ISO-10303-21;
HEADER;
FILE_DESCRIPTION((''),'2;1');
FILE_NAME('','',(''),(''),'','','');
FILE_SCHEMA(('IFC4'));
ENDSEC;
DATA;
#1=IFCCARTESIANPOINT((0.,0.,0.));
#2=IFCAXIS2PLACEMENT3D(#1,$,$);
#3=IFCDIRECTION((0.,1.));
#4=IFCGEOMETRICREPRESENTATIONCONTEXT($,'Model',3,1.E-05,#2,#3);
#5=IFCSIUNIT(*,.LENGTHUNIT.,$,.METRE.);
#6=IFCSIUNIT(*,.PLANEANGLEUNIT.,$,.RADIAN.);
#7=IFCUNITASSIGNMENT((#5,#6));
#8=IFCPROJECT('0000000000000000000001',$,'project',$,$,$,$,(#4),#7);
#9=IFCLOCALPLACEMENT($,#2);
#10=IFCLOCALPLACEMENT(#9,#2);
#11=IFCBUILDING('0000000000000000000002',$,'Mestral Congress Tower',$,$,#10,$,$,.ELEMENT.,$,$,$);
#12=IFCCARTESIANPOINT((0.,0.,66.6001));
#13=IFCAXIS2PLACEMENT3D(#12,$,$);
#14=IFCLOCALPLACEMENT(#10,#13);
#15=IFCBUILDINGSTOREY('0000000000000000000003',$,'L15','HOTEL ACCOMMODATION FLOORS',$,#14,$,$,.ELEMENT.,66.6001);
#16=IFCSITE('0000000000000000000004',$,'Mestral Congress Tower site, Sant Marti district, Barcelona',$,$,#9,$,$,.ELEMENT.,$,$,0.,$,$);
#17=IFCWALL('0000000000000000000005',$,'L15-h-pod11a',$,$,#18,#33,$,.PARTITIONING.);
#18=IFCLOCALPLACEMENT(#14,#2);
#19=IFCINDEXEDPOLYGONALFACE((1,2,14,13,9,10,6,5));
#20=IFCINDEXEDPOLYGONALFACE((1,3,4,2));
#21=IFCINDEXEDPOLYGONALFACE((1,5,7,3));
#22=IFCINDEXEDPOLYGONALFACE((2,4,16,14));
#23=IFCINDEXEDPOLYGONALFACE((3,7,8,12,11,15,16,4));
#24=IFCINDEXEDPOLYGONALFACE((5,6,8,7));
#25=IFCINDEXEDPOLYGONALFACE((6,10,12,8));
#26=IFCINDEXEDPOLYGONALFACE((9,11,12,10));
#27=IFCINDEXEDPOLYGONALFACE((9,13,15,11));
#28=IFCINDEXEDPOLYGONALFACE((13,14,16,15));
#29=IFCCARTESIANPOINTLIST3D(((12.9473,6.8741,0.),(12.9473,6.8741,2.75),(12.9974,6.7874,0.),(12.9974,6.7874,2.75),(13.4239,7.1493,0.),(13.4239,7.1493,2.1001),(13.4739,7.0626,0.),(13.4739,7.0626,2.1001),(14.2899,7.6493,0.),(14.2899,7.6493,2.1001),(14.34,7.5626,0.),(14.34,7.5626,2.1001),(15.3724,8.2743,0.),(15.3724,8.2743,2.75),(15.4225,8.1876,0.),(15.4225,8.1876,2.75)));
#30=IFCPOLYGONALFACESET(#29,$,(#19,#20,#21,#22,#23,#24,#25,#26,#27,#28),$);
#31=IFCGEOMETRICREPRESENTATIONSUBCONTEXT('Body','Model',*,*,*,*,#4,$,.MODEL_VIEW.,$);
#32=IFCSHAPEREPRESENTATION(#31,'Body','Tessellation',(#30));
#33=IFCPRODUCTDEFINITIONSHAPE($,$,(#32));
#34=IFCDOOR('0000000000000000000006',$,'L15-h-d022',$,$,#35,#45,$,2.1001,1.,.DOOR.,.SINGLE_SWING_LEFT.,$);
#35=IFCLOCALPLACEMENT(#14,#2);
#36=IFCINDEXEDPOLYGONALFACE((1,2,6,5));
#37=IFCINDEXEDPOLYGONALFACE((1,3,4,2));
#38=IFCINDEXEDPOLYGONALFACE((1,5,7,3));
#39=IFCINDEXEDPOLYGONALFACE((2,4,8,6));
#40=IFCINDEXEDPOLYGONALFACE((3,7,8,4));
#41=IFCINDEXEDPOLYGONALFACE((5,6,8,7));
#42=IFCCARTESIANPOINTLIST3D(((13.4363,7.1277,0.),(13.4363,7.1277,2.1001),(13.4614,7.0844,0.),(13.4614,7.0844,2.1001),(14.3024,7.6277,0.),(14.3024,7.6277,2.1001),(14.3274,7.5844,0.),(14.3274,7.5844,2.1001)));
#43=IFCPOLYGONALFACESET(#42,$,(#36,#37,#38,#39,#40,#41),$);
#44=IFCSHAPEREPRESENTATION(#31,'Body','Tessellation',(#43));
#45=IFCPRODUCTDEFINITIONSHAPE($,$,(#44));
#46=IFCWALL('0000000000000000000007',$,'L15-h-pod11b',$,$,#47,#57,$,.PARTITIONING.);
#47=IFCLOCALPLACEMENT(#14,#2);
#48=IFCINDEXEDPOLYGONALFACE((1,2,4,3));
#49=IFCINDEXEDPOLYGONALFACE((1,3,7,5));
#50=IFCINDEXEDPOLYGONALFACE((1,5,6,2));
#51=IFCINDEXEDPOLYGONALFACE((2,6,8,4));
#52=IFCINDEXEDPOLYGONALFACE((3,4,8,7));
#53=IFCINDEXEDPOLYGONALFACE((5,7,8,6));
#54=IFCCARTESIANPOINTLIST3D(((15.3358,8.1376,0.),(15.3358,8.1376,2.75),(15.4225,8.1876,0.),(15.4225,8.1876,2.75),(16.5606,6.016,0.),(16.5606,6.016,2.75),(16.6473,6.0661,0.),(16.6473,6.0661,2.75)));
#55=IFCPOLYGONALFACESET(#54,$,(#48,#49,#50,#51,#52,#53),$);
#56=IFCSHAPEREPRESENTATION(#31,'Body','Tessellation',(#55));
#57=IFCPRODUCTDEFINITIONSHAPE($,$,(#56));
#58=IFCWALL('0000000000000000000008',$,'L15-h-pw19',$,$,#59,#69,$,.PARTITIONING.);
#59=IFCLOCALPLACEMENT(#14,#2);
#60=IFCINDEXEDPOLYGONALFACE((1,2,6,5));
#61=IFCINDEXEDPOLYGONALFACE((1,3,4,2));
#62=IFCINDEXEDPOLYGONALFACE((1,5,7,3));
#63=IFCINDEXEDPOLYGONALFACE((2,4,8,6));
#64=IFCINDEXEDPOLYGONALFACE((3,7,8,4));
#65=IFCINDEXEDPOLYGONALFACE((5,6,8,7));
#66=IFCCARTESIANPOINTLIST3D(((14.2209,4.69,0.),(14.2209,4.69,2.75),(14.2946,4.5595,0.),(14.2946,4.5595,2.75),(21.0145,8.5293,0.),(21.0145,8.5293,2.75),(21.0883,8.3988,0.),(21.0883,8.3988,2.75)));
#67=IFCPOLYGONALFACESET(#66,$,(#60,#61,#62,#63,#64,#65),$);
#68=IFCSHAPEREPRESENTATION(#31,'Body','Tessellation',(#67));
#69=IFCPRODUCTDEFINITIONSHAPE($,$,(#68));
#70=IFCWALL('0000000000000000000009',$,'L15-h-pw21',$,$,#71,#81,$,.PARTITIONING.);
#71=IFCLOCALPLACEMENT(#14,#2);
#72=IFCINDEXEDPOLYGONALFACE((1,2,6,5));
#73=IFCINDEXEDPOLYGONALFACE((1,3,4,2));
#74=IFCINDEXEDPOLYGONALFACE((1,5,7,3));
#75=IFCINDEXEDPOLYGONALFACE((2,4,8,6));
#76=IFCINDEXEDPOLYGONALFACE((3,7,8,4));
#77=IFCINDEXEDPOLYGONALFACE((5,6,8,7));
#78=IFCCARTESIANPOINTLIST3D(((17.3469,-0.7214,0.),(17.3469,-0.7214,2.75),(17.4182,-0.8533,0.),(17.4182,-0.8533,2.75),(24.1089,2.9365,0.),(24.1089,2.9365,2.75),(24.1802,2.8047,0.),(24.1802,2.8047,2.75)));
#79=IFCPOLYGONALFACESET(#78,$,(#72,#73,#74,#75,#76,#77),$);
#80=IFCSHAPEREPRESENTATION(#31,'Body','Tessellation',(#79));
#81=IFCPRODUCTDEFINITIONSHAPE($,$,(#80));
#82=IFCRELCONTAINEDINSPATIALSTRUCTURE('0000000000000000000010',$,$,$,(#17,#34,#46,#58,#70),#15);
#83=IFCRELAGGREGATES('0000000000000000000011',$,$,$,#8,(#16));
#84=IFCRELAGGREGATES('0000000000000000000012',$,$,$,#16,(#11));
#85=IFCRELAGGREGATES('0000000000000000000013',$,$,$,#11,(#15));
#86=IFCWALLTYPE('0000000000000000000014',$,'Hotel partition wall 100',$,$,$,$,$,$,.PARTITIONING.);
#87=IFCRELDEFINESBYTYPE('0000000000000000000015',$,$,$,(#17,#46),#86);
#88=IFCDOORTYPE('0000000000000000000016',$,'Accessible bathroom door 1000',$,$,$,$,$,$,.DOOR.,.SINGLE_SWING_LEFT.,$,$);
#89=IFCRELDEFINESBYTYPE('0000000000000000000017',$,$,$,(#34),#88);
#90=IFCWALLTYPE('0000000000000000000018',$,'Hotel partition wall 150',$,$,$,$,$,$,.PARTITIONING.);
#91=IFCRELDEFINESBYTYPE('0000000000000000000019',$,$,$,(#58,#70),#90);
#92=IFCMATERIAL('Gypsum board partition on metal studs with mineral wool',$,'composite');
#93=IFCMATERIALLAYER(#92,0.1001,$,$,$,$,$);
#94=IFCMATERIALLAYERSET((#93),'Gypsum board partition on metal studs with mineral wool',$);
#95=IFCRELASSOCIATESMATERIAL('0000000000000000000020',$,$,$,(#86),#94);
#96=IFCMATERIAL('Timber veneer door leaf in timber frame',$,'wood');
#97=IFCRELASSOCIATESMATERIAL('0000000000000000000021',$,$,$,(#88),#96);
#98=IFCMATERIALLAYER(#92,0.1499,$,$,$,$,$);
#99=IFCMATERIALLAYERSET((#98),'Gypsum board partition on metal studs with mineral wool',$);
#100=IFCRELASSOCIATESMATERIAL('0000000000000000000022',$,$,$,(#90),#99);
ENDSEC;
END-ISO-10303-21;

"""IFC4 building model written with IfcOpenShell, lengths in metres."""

from ifc_helpers import new_model, si_unit, direction, frame, frame_2d, origin, place, context, subcontext, project, spatial, rectangle, extrude, material, layer, layer_set, type_object, element, fill, save


model = new_model("IFC4")

# Units and contexts
model_context = context("Model", 3, precision=1e-05, world=origin(), true_north=direction((0.0, 1.0)))
body_context = subcontext(model_context, "Body", "Model", "MODEL_VIEW")
ifc_project = project(units=[si_unit("LENGTHUNIT", "METRE"), si_unit("PLANEANGLEUNIT", "RADIAN")], contexts=[model_context])

# Site, building, storey
site_placement = place(None, origin())
site = spatial("IfcSite", under=ifc_project, at=site_placement, Name="Mestral Congress Tower site, Sant Marti district, Barcelona", CompositionType="ELEMENT", RefElevation=0.0)
building_placement = place(site_placement, origin())
building = spatial("IfcBuilding", under=site, at=building_placement, Name="Mestral Congress Tower", CompositionType="ELEMENT")
storey_placement = place(building_placement, frame((0.0, 0.0, 66.6001)))
storey = spatial("IfcBuildingStorey", under=building, at=storey_placement, Name="L15", Description="HOTEL ACCOMMODATION FLOORS", CompositionType="ELEMENT", Elevation=66.6001)

# Shared definitions
ifc_material_1 = material(Name="Gypsum board partition on metal studs with mineral wool", Category="composite")
ifc_layer_1 = layer(ifc_material_1, 0.1001)
ifc_layer_set_1 = layer_set([ifc_layer_1], Name="Gypsum board partition on metal studs with mineral wool")
wall_type_1 = type_object("IfcWallType", Name="Hotel partition wall 100", PredefinedType="PARTITIONING", material=ifc_layer_set_1)

# Wall, opening, door
wall_1_placement = place(storey_placement, frame((15.3975, 8.231, 0.0), z_axis=(0.0, 0.0, 1.0), x_axis=(-0.866019, -0.500012, 0.0)))
wall_1 = element("IfcWall", 1, at=wall_1_placement, inside=storey, type_object=wall_type_1, Name="L15-h-pod11a", PredefinedType="PARTITIONING", context=body_context, shape_type="SweptSolid", body=[
    extrude(rectangle(XDim=2.8003, YDim=0.1001, at=frame_2d((1.4001, 0.0))), origin(), (0.0, 0.0, 1.0), 2.75),
])
opening_1_placement = place(wall_1_placement, frame((1.25, 0.0, 0.0)))
opening_1 = element("IfcOpeningElement", 2, at=opening_1_placement, cuts=wall_1, PredefinedType="OPENING", context=body_context, shape_type="SweptSolid", body=[
    extrude(rectangle(XDim=1.0, YDim=2.1001, at=frame_2d((0.5, 1.05))), frame((0.0, 0.0601, 0.0), z_axis=(0.0, -1.0, 0.0), x_axis=(1.0, 0.0, 0.0)), (0.0, 0.0, 1.0), 0.1201),
])
ifc_material_2 = material(Name="Timber veneer door leaf in timber frame", Category="wood")
door_type = type_object("IfcDoorType", Name="Accessible bathroom door 1000", OperationType="SINGLE_SWING_LEFT", PredefinedType="DOOR", material=ifc_material_2)
door_placement = place(opening_1_placement, origin())
door = element("IfcDoor", 3, at=door_placement, inside=storey, type_object=door_type, Name="L15-h-d022", OperationType="SINGLE_SWING_LEFT", OverallHeight=2.1001, OverallWidth=1.0, PredefinedType="DOOR", context=body_context, shape_type="SweptSolid", body=[
    extrude(rectangle(XDim=1.0, YDim=2.1001, at=frame_2d((0.5, 1.05))), frame((0.0, 0.0249, 0.0), z_axis=(0.0, -1.0, 0.0), x_axis=(1.0, 0.0, 0.0)), (0.0, 0.0, 1.0), 0.05),
])
fill(opening_1, door)

# Walls
wall_2_placement = place(storey_placement, frame((15.3792, 8.1626, 0.0), z_axis=(0.0, 0.0, 1.0), x_axis=(0.499987, -0.866033, 0.0)))
element("IfcWall", 4, at=wall_2_placement, inside=storey, type_object=wall_type_1, Name="L15-h-pod11b", PredefinedType="PARTITIONING", context=body_context, shape_type="SweptSolid", body=[
    extrude(rectangle(XDim=2.4497, YDim=0.1001, at=frame_2d((1.2249, 0.0))), origin(), (0.0, 0.0, 1.0), 2.75),
])
ifc_layer_2 = layer(ifc_material_1, 0.1499)
ifc_layer_set_2 = layer_set([ifc_layer_2], Name="Gypsum board partition on metal studs with mineral wool")
wall_type_2 = type_object("IfcWallType", Name="Hotel partition wall 150", PredefinedType="PARTITIONING", material=ifc_layer_set_2)
wall_3_placement = place(storey_placement, frame((21.0515, 8.4641, 0.0), z_axis=(0.0, 0.0, 1.0), x_axis=(-0.870594, -0.492003, 0.0)))
element("IfcWall", 5, at=wall_3_placement, inside=storey, type_object=wall_type_2, Name="L15-h-pw19", PredefinedType="PARTITIONING", context=body_context, shape_type="SweptSolid", body=[
    extrude(rectangle(XDim=7.8035, YDim=0.1499, at=frame_2d((3.9019, 0.0))), origin(), (0.0, 0.0, 1.0), 2.75),
])
wall_4_placement = place(storey_placement, frame((24.1445, 2.8706, 0.0), z_axis=(0.0, 0.0, 1.0), x_axis=(-0.879552, -0.475803, 0.0)))
element("IfcWall", 6, at=wall_4_placement, inside=storey, type_object=wall_type_2, Name="L15-h-pw21", PredefinedType="PARTITIONING", context=body_context, shape_type="SweptSolid", body=[
    extrude(rectangle(XDim=7.688, YDim=0.1499, at=frame_2d((3.844, 0.0))), origin(), (0.0, 0.0, 1.0), 2.75),
])

save(model, "model.ifc")
